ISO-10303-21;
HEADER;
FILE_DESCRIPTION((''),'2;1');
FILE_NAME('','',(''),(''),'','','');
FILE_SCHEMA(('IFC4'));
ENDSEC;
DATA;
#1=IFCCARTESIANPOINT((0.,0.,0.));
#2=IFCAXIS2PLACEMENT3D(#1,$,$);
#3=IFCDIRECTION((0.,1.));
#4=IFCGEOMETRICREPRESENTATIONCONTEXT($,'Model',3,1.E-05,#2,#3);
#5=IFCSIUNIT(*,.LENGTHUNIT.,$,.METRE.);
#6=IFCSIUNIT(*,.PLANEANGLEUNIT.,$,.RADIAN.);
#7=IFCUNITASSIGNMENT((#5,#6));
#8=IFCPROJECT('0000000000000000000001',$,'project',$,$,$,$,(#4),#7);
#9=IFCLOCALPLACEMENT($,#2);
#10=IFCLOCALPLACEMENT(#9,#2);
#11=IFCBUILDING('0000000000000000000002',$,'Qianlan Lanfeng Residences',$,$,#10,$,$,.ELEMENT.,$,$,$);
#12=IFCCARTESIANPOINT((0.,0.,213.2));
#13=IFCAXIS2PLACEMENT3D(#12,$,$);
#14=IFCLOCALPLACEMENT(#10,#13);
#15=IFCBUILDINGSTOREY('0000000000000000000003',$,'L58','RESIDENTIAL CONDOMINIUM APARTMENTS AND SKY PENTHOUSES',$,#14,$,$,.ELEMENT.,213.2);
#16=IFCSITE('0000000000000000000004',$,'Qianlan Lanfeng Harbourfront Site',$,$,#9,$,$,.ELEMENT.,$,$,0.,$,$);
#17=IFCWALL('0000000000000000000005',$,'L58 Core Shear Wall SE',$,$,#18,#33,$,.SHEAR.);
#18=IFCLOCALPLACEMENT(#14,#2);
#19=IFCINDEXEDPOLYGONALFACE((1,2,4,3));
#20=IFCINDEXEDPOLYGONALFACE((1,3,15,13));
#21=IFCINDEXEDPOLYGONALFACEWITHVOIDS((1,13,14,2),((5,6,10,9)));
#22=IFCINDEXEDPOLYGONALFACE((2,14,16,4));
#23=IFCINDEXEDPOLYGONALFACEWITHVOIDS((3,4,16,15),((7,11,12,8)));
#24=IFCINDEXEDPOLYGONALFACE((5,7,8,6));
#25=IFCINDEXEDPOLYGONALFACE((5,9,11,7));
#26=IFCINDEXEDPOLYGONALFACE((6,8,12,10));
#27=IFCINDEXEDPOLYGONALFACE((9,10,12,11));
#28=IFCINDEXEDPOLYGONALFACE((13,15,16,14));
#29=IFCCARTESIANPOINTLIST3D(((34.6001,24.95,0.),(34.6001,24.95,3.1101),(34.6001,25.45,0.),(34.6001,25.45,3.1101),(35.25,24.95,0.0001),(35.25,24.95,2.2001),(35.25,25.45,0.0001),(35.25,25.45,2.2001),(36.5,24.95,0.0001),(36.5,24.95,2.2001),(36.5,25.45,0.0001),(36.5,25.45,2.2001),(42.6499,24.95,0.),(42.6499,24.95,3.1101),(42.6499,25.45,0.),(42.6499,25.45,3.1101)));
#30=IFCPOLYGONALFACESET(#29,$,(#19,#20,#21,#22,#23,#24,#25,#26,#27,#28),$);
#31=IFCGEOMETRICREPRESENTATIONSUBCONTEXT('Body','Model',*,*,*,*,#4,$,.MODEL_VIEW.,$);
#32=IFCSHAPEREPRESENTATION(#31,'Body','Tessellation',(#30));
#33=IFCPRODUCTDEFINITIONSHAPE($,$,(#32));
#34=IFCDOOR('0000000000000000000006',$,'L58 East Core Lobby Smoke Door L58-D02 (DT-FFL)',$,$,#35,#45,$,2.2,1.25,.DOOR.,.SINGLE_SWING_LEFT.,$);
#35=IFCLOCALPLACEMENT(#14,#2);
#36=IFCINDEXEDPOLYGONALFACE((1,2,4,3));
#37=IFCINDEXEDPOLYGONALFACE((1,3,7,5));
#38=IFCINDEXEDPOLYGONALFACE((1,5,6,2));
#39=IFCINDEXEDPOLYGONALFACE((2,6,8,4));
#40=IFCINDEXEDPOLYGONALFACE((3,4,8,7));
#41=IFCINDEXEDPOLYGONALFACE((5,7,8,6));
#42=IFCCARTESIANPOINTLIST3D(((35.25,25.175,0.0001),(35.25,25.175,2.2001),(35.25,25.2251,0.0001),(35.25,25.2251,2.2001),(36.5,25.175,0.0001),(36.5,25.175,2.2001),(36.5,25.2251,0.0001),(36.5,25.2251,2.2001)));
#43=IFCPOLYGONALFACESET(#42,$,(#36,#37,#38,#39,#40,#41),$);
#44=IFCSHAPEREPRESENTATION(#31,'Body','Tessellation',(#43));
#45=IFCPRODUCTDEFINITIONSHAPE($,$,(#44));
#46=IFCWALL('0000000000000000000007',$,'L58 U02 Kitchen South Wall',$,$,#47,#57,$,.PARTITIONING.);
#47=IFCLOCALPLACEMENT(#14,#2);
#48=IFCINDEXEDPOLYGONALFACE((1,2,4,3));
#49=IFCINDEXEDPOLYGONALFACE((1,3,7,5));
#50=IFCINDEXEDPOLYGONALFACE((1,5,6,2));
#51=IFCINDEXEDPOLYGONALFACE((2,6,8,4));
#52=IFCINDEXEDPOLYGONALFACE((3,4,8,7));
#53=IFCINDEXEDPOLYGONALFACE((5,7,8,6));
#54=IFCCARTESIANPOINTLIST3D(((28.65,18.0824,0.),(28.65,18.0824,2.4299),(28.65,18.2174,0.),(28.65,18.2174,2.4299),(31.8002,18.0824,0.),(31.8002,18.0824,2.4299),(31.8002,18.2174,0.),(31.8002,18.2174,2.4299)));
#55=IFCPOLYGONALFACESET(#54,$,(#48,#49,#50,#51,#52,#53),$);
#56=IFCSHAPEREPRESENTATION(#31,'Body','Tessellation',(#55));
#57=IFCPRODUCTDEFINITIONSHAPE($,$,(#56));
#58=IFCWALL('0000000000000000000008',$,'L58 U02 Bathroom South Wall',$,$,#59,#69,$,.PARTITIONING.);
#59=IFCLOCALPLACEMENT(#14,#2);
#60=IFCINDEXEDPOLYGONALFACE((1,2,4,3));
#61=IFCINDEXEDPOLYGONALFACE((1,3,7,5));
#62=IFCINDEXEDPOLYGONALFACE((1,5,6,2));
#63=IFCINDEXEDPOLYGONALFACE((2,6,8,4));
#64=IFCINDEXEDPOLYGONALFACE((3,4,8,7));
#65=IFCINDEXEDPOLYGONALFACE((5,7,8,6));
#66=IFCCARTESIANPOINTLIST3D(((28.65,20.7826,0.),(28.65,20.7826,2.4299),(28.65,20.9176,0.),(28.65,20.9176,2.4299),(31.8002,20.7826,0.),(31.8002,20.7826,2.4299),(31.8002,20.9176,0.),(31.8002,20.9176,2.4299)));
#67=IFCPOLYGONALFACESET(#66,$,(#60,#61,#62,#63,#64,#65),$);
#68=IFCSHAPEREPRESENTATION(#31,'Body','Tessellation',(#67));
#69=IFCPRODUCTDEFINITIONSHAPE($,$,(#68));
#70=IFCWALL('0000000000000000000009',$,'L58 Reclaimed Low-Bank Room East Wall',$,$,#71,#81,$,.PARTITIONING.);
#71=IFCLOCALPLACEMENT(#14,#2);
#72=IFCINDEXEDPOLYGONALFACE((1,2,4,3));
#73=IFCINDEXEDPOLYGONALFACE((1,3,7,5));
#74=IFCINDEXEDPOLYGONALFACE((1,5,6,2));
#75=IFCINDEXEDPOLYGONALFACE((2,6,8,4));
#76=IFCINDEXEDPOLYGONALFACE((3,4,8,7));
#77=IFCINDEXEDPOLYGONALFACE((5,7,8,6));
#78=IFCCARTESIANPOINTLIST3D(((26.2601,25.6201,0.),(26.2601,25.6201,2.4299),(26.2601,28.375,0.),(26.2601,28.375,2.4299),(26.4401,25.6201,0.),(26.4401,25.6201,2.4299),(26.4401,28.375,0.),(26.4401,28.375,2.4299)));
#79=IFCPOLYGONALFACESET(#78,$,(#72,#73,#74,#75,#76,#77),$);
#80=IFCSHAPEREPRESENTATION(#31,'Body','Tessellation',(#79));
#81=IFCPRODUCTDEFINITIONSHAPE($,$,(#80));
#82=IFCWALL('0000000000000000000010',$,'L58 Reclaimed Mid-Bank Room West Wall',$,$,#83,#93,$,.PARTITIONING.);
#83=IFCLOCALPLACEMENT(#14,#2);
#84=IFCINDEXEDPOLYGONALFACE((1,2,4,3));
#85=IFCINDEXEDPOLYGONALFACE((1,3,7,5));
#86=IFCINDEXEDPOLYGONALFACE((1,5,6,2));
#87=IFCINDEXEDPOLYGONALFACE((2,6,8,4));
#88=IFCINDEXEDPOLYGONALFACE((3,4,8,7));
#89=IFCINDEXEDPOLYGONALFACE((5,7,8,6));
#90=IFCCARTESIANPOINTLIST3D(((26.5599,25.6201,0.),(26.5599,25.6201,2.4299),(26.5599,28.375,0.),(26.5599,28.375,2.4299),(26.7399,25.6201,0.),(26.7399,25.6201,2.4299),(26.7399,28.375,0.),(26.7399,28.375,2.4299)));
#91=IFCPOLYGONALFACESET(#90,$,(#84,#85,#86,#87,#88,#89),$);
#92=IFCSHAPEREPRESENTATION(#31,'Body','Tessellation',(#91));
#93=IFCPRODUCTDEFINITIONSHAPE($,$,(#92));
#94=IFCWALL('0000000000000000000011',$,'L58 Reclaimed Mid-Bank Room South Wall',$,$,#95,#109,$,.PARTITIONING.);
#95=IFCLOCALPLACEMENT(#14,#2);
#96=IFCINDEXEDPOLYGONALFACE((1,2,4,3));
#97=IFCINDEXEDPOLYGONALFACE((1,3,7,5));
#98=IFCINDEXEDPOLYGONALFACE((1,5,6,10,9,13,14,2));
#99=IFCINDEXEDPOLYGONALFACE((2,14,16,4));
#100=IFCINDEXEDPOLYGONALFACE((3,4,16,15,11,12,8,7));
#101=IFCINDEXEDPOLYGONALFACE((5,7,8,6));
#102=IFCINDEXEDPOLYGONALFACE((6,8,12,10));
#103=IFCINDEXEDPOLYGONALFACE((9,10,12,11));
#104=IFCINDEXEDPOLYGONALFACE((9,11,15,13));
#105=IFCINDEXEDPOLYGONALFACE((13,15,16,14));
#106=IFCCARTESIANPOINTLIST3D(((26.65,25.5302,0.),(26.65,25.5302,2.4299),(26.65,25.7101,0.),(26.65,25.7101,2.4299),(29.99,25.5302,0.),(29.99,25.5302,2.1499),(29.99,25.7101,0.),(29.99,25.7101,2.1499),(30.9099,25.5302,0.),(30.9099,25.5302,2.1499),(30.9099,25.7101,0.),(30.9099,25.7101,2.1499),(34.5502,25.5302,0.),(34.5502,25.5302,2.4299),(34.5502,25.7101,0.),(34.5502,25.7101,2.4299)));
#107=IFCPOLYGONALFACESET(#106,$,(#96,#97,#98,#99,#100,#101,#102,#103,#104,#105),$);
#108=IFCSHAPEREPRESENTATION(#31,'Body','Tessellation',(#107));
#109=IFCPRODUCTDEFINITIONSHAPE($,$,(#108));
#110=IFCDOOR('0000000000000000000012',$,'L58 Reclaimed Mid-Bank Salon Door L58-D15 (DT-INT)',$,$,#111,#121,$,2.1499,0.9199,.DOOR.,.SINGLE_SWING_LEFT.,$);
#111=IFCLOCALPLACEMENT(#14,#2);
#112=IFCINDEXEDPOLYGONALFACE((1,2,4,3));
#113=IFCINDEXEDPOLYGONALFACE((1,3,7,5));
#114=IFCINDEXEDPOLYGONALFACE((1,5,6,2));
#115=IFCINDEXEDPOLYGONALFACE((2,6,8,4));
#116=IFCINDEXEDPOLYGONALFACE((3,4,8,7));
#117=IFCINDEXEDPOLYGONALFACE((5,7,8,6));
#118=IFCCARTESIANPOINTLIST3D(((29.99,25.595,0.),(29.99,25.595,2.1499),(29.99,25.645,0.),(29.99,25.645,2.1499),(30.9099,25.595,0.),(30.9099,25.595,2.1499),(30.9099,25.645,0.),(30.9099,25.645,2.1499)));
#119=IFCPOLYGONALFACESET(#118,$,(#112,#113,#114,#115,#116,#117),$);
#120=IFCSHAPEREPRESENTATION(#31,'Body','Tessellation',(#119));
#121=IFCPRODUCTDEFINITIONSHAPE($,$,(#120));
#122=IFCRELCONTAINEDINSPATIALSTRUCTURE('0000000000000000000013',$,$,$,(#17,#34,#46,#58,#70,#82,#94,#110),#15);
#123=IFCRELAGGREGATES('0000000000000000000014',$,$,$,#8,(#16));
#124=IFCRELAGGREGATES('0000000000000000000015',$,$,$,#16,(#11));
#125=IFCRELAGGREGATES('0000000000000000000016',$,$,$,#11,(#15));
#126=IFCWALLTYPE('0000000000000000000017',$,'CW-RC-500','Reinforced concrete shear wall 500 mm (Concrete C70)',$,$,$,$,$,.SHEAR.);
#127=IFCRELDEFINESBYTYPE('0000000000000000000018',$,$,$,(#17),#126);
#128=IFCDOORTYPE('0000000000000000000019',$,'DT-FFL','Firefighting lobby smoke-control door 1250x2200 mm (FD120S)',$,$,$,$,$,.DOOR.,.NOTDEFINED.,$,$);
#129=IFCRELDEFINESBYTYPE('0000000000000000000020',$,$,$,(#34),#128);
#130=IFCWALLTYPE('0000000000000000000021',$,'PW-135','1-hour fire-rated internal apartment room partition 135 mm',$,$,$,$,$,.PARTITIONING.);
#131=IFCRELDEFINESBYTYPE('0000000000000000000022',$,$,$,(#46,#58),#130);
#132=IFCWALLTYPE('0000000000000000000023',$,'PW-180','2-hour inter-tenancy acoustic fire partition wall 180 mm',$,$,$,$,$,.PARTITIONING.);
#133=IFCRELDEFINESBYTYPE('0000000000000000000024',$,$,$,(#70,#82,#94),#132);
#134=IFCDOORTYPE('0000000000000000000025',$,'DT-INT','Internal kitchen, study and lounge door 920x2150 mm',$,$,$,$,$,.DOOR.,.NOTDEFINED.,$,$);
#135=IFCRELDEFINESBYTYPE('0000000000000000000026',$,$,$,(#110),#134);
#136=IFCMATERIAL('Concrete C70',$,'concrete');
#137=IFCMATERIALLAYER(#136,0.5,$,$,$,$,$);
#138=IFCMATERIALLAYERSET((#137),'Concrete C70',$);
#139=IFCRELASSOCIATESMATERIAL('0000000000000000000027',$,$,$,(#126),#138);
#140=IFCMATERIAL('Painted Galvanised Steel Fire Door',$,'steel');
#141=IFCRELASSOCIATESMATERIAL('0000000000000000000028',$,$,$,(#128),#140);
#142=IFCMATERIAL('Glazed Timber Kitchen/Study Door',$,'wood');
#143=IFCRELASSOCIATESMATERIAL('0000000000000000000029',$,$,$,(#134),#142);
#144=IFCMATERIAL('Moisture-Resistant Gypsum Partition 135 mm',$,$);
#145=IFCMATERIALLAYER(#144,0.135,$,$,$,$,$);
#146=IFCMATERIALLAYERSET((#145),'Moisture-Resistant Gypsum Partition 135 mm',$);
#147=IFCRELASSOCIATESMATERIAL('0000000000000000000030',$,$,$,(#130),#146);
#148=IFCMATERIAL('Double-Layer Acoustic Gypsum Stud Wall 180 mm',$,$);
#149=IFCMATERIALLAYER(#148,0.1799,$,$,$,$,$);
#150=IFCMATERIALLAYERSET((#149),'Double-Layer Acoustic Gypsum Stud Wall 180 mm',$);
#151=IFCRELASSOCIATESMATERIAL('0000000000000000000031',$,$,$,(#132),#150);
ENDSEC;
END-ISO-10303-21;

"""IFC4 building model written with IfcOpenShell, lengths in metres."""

from ifc_helpers import new_model, si_unit, direction, frame, frame_2d, origin, place, context, subcontext, project, spatial, rectangle, extrude, material, layer, layer_set, type_object, element, fill, save


model = new_model("IFC4")

# Units and contexts
model_context = context("Model", 3, precision=1e-05, world=origin(), true_north=direction((0.0, 1.0)))
body_context = subcontext(model_context, "Body", "Model", "MODEL_VIEW")
ifc_project = project(units=[si_unit("LENGTHUNIT", "METRE"), si_unit("PLANEANGLEUNIT", "RADIAN")], contexts=[model_context])

# Site, building, storey
site_placement = place(None, origin())
site = spatial("IfcSite", under=ifc_project, at=site_placement, Name="Qianlan Lanfeng Harbourfront Site", CompositionType="ELEMENT", RefElevation=0.0)
building_placement = place(site_placement, origin())
building = spatial("IfcBuilding", under=site, at=building_placement, Name="Qianlan Lanfeng Residences", CompositionType="ELEMENT")
storey_placement = place(building_placement, frame((0.0, 0.0, 213.2)))
storey = spatial("IfcBuildingStorey", under=building, at=storey_placement, Name="L58", Description="RESIDENTIAL CONDOMINIUM APARTMENTS AND SKY PENTHOUSES", CompositionType="ELEMENT", Elevation=213.2)

# Wall, opening, door
ifc_material_1 = material(Name="Concrete C70", Category="concrete")
ifc_layer_1 = layer(ifc_material_1, 0.5)
ifc_layer_set_1 = layer_set([ifc_layer_1], Name="Concrete C70")
wall_type_1 = type_object("IfcWallType", Name="CW-RC-500", Description="Reinforced concrete shear wall 500 mm (Concrete C70)", PredefinedType="SHEAR", material=ifc_layer_set_1)
wall_1_placement = place(storey_placement, frame((34.6001, 25.2, 0.0), z_axis=(0.0, 0.0, 1.0), x_axis=(1.0, 0.0, 0.0)))
wall_1 = element("IfcWall", 1, at=wall_1_placement, inside=storey, type_object=wall_type_1, Name="L58 Core Shear Wall SE", PredefinedType="SHEAR", context=body_context, shape_type="SweptSolid", body=[
    extrude(rectangle(XDim=8.0498, YDim=0.5, at=frame_2d((4.0249, 0.0))), origin(), (0.0, 0.0, 1.0), 3.1101),
])
opening_1_placement = place(wall_1_placement, frame((0.6499, 0.0, 0.0)))
opening_1 = element("IfcOpeningElement", 2, at=opening_1_placement, cuts=wall_1, PredefinedType="OPENING", context=body_context, shape_type="SweptSolid", body=[
    extrude(rectangle(XDim=1.25, YDim=2.2, at=frame_2d((0.625, 1.1001))), frame((0.0, 0.26, 0.0), z_axis=(0.0, -1.0, 0.0), x_axis=(1.0, 0.0, 0.0)), (0.0, 0.0, 1.0), 0.52),
])
ifc_material_2 = material(Name="Painted Galvanised Steel Fire Door", Category="steel")
door_type_1 = type_object("IfcDoorType", Name="DT-FFL", Description="Firefighting lobby smoke-control door 1250x2200 mm (FD120S)", OperationType="NOTDEFINED", PredefinedType="DOOR", material=ifc_material_2)
door_1_placement = place(opening_1_placement, frame((1.25, 0.0, 0.0), z_axis=(0.0, 0.0, 1.0), x_axis=(-1.0, 0.0, 0.0)))
door_1 = element("IfcDoor", 3, at=door_1_placement, inside=storey, type_object=door_type_1, Name="L58 East Core Lobby Smoke Door L58-D02 (DT-FFL)", OperationType="SINGLE_SWING_LEFT", OverallHeight=2.2, OverallWidth=1.25, PredefinedType="DOOR", context=body_context, shape_type="SweptSolid", body=[
    extrude(rectangle(XDim=1.25, YDim=2.2, at=frame_2d((0.625, 1.1001))), frame((0.0, 0.0249, 0.0), z_axis=(0.0, -1.0, 0.0), x_axis=(1.0, 0.0, 0.0)), (0.0, 0.0, 1.0), 0.05),
])
fill(opening_1, door_1)
ifc_material_3 = material(Name="Glazed Timber Kitchen/Study Door", Category="wood")
door_type_2 = type_object("IfcDoorType", Name="DT-INT", Description="Internal kitchen, study and lounge door 920x2150 mm", OperationType="NOTDEFINED", PredefinedType="DOOR", material=ifc_material_3)

# Walls
ifc_material_4 = material(Name="Moisture-Resistant Gypsum Partition 135 mm")
ifc_layer_2 = layer(ifc_material_4, 0.135)
ifc_layer_set_2 = layer_set([ifc_layer_2], Name="Moisture-Resistant Gypsum Partition 135 mm")
wall_type_2 = type_object("IfcWallType", Name="PW-135", Description="1-hour fire-rated internal apartment room partition 135 mm", PredefinedType="PARTITIONING", material=ifc_layer_set_2)
for number, where, z_axis, x_axis, name in (
    (4, (28.6499, 18.1499, 0.0), (0.0, 0.0, 1.0), (1.0, 0.0, 0.0), "L58 U02 Kitchen South Wall"),
    (5, (28.6499, 20.8501, 0.0), (0.0, 0.0, 1.0), (1.0, 0.0, 0.0), "L58 U02 Bathroom South Wall"),
):
    element("IfcWall", number, at=place(storey_placement, frame(where, z_axis=z_axis, x_axis=x_axis)), inside=storey, type_object=wall_type_2, Name=name, PredefinedType="PARTITIONING", context=body_context, shape_type="SweptSolid", body=[
        extrude(rectangle(XDim=3.1501, YDim=0.135, at=frame_2d((1.5752, 0.0))), origin(), (0.0, 0.0, 1.0), 2.4299),
    ])
ifc_material_5 = material(Name="Double-Layer Acoustic Gypsum Stud Wall 180 mm")
ifc_layer_3 = layer(ifc_material_5, 0.1799)
ifc_layer_set_3 = layer_set([ifc_layer_3], Name="Double-Layer Acoustic Gypsum Stud Wall 180 mm")
wall_type_3 = type_object("IfcWallType", Name="PW-180", Description="2-hour inter-tenancy acoustic fire partition wall 180 mm", PredefinedType="PARTITIONING", material=ifc_layer_set_3)
for number, where, z_axis, x_axis, name in (
    (6, (26.3501, 25.6201, 0.0), (0.0, 0.0, 1.0), (0.0, 1.0, 0.0), "L58 Reclaimed Low-Bank Room East Wall"),
    (7, (26.6499, 25.6201, 0.0), (0.0, 0.0, 1.0), (0.0, 1.0, 0.0), "L58 Reclaimed Mid-Bank Room West Wall"),
):
    element("IfcWall", number, at=place(storey_placement, frame(where, z_axis=z_axis, x_axis=x_axis)), inside=storey, type_object=wall_type_3, Name=name, PredefinedType="PARTITIONING", context=body_context, shape_type="SweptSolid", body=[
        extrude(rectangle(XDim=2.7549, YDim=0.1799, at=frame_2d((1.3774, 0.0))), origin(), (0.0, 0.0, 1.0), 2.4299),
    ])

# Wall, opening, door
wall_2_placement = place(storey_placement, frame((26.6499, 25.6201, 0.0), z_axis=(0.0, 0.0, 1.0), x_axis=(1.0, 0.0, 0.0)))
wall_2 = element("IfcWall", 8, at=wall_2_placement, inside=storey, type_object=wall_type_3, Name="L58 Reclaimed Mid-Bank Room South Wall", PredefinedType="PARTITIONING", context=body_context, shape_type="SweptSolid", body=[
    extrude(rectangle(XDim=7.9001, YDim=0.1799, at=frame_2d((3.9502, 0.0))), origin(), (0.0, 0.0, 1.0), 2.4299),
])
opening_2_placement = place(wall_2_placement, frame((3.3401, 0.0, 0.0)))
opening_2 = element("IfcOpeningElement", 9, at=opening_2_placement, cuts=wall_2, PredefinedType="OPENING", context=body_context, shape_type="SweptSolid", body=[
    extrude(rectangle(XDim=0.9199, YDim=2.1499, at=frame_2d((0.46, 1.075))), frame((0.0, 0.1001, 0.0), z_axis=(0.0, -1.0, 0.0), x_axis=(1.0, 0.0, 0.0)), (0.0, 0.0, 1.0), 0.2),
])
door_2_placement = place(opening_2_placement, origin())
door_2 = element("IfcDoor", 10, at=door_2_placement, inside=storey, type_object=door_type_2, Name="L58 Reclaimed Mid-Bank Salon Door L58-D15 (DT-INT)", OperationType="SINGLE_SWING_LEFT", OverallHeight=2.1499, OverallWidth=0.9199, PredefinedType="DOOR", context=body_context, shape_type="SweptSolid", body=[
    extrude(rectangle(XDim=0.9199, YDim=2.1499, at=frame_2d((0.46, 1.075))), frame((0.0, 0.0249, 0.0), z_axis=(0.0, -1.0, 0.0), x_axis=(1.0, 0.0, 0.0)), (0.0, 0.0, 1.0), 0.05),
])
fill(opening_2, door_2)

save(model, "model.ifc")
